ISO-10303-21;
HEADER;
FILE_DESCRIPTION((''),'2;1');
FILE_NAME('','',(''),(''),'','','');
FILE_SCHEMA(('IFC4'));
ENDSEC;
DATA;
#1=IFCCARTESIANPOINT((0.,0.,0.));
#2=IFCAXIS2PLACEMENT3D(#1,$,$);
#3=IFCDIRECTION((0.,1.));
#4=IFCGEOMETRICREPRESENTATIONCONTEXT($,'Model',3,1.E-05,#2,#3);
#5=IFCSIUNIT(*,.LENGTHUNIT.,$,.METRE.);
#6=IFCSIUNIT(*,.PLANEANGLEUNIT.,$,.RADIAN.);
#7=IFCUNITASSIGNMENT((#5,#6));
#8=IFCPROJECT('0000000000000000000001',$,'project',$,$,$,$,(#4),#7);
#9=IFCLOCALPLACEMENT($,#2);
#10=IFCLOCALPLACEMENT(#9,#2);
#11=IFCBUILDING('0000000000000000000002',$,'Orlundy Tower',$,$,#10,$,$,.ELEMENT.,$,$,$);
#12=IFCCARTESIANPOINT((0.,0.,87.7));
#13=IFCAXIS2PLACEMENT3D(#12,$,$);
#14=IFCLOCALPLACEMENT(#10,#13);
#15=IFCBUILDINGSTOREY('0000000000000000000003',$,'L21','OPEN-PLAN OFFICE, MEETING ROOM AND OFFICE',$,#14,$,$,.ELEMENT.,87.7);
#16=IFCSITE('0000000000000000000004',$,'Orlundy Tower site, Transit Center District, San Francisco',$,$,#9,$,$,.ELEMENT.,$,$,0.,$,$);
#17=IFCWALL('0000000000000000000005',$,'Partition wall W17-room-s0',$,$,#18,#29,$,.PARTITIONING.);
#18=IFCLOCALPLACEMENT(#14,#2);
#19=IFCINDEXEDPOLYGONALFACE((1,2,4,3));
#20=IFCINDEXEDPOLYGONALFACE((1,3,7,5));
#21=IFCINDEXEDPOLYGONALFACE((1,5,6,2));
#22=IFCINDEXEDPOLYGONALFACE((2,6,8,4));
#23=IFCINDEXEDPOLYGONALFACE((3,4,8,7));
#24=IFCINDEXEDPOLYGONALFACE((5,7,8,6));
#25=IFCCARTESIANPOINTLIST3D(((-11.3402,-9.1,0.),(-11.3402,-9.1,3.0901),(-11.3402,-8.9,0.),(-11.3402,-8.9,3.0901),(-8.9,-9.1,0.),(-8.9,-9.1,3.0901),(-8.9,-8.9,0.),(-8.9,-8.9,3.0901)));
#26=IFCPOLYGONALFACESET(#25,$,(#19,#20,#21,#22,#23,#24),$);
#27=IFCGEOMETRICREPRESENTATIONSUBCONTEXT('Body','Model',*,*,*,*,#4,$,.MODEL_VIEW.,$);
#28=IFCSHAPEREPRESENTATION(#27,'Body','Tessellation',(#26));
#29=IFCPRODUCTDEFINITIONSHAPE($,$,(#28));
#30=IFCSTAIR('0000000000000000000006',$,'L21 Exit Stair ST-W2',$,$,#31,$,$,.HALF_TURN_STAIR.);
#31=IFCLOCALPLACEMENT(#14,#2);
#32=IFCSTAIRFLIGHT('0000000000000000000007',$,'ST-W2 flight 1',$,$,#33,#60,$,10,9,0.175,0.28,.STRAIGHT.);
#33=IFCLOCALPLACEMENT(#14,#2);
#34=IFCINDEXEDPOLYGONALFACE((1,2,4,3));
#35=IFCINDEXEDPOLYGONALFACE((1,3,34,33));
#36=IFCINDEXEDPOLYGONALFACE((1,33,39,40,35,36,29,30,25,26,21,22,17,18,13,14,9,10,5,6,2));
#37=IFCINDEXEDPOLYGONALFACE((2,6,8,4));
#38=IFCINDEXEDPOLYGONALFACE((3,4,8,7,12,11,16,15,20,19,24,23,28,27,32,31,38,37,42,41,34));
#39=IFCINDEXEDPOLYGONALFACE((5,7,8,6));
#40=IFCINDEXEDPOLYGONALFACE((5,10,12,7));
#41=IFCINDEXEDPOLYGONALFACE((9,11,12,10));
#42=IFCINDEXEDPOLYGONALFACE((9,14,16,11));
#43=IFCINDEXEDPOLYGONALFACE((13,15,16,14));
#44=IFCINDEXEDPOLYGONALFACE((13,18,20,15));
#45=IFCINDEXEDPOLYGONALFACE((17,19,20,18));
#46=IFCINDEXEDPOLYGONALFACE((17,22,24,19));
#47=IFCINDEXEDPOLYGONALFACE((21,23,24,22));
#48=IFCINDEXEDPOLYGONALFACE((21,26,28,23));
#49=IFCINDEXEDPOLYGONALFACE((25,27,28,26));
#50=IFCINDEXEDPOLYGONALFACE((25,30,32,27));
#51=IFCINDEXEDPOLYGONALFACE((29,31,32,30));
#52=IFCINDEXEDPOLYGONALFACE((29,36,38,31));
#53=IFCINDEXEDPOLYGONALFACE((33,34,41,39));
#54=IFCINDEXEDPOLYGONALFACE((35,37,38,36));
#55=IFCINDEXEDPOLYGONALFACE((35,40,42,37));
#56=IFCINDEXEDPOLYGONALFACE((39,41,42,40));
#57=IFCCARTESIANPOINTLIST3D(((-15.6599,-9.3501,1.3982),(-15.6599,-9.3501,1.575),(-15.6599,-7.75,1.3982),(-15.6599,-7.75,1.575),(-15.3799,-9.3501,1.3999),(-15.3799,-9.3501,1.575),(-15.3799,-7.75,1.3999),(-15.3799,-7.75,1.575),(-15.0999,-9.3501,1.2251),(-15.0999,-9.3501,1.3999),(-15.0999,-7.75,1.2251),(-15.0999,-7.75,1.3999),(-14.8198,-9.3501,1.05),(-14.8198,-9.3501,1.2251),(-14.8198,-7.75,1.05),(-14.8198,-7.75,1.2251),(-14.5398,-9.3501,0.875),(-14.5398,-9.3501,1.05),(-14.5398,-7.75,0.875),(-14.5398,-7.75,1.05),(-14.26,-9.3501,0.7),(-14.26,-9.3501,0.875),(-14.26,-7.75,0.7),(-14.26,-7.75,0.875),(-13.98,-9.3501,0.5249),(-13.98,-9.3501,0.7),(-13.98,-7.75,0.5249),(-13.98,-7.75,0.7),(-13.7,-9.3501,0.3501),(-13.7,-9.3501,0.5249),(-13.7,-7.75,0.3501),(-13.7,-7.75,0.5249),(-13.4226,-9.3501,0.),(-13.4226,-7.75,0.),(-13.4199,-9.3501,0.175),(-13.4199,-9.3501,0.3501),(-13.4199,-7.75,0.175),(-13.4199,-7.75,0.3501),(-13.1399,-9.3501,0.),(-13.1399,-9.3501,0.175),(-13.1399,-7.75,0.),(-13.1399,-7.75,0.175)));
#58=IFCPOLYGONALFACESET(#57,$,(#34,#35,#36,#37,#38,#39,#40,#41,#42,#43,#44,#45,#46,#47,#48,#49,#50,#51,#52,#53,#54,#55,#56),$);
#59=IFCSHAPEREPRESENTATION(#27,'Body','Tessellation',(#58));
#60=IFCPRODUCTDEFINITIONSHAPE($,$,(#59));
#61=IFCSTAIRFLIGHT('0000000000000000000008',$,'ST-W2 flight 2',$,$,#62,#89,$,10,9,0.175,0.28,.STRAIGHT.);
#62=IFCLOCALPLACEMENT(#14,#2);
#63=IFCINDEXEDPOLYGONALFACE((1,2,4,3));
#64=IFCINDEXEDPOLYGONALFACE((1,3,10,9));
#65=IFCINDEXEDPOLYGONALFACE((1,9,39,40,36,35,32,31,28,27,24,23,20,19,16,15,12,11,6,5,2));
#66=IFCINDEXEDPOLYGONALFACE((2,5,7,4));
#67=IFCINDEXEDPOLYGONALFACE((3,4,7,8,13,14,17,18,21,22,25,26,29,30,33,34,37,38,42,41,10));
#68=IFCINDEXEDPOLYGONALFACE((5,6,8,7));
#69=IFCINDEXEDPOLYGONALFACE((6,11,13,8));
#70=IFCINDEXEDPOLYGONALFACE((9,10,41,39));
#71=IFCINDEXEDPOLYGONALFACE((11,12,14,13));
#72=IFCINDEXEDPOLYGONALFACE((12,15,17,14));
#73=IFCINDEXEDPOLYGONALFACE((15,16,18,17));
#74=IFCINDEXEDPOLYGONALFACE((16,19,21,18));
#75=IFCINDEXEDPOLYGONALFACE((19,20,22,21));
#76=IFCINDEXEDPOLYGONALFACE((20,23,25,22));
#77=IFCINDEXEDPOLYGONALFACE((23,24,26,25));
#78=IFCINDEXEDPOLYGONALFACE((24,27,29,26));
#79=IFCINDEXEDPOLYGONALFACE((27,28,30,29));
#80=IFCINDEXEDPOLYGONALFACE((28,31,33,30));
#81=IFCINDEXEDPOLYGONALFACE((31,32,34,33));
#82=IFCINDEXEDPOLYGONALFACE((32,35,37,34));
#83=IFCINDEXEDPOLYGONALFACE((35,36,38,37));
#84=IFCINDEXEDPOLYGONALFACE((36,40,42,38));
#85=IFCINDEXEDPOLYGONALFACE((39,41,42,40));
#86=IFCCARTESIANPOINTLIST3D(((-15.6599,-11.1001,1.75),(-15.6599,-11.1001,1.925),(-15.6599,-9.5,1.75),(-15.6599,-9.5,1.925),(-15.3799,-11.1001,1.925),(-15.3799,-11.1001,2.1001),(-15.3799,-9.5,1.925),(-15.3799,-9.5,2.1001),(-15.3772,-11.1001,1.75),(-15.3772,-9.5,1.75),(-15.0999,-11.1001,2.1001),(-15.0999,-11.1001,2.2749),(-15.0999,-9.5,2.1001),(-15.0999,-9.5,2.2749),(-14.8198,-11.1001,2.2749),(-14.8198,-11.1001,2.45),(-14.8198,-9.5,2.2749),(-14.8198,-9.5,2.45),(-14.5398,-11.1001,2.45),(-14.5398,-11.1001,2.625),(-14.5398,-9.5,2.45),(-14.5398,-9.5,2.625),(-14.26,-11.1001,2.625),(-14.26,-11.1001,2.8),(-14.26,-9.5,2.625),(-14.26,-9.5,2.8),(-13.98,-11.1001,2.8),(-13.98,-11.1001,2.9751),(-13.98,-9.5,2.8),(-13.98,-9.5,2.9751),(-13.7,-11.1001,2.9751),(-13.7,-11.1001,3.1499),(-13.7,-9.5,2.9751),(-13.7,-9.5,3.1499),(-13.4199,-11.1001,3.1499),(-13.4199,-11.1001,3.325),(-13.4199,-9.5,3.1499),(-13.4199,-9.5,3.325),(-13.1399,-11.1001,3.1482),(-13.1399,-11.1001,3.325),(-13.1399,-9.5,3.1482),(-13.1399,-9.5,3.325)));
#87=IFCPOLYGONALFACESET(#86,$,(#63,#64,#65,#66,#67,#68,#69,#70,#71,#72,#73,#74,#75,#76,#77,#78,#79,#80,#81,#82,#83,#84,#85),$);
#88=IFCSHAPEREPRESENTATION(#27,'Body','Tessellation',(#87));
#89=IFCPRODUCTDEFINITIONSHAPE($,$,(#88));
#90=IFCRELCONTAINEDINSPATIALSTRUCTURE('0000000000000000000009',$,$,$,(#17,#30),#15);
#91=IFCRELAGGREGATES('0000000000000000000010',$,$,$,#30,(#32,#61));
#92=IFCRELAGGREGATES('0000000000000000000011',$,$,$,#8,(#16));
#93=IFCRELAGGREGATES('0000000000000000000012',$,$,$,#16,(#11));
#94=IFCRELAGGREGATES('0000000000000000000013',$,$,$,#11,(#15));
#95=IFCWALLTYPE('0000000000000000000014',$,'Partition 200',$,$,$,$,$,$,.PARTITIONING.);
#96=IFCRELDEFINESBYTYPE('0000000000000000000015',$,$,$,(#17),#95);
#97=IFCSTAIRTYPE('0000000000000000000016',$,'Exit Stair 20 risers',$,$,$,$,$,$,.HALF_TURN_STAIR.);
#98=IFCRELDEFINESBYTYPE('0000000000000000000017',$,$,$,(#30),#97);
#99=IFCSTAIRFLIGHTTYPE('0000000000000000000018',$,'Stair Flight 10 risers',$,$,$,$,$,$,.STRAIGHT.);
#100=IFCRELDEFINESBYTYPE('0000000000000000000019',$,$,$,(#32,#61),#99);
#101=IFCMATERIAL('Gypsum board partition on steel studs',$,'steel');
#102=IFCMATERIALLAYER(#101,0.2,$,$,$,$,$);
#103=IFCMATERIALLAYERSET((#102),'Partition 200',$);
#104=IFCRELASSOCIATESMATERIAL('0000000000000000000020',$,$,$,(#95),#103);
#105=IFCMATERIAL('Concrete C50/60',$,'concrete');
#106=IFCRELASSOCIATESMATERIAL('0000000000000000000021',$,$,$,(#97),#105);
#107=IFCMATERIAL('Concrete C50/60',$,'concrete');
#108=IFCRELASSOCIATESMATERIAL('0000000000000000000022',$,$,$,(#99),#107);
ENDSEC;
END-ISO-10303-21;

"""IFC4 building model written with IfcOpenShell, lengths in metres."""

from ifc_helpers import new_model, si_unit, direction, frame, frame_2d, origin, place, context, subcontext, project, spatial, polyline, rectangle, outline, extrude, material, layer, layer_set, type_object, element, aggregate, save


model = new_model("IFC4")

# Units and contexts
model_context = context("Model", 3, precision=1e-05, world=origin(), true_north=direction((0.0, 1.0)))
body_context = subcontext(model_context, "Body", "Model", "MODEL_VIEW")
ifc_project = project(units=[si_unit("LENGTHUNIT", "METRE"), si_unit("PLANEANGLEUNIT", "RADIAN")], contexts=[model_context])

# Site, building, storey
site_placement = place(None, origin())
site = spatial("IfcSite", under=ifc_project, at=site_placement, Name="Orlundy Tower site, Transit Center District, San Francisco", CompositionType="ELEMENT", RefElevation=0.0)
building_placement = place(site_placement, origin())
building = spatial("IfcBuilding", under=site, at=building_placement, Name="Orlundy Tower", CompositionType="ELEMENT")
storey_placement = place(building_placement, frame((0.0, 0.0, 87.7)))
storey = spatial("IfcBuildingStorey", under=building, at=storey_placement, Name="L21", Description="OPEN-PLAN OFFICE, MEETING ROOM AND OFFICE", CompositionType="ELEMENT", Elevation=87.7)

# Wall
ifc_material_1 = material(Name="Gypsum board partition on steel studs", Category="steel")
ifc_layer_1 = layer(ifc_material_1, 0.2)
ifc_layer_set_1 = layer_set([ifc_layer_1], Name="Partition 200")
wall_type_1 = type_object("IfcWallType", Name="Partition 200", PredefinedType="PARTITIONING", material=ifc_layer_set_1)
wall_1_placement = place(storey_placement, frame((-8.8999, -9.0, 0.0), z_axis=(0.0, 0.0, 1.0), x_axis=(-1.0, 0.0, 0.0)))
element("IfcWall", 1, at=wall_1_placement, inside=storey, type_object=wall_type_1, Name="Partition wall W17-room-s0", PredefinedType="PARTITIONING", context=body_context, shape_type="SweptSolid", body=[
    extrude(rectangle(XDim=2.4402, YDim=0.2, at=frame_2d((1.2202, 0.0))), origin(), (0.0, 0.0, 1.0), 3.0901),
])

# Stair, stair flights
ifc_material_2 = material(Name="Concrete C50/60", Category="concrete")
stair_type = type_object("IfcStairType", Name="Exit Stair 20 risers", PredefinedType="HALF_TURN_STAIR", material=ifc_material_2)
stair_placement = place(storey_placement, origin())
stair = element("IfcStair", 2, at=stair_placement, inside=storey, type_object=stair_type, Name="L21 Exit Stair ST-W2", PredefinedType="HALF_TURN_STAIR")
ifc_material_3 = material(Name="Concrete C50/60", Category="concrete")
stair_flight_type = type_object("IfcStairFlightType", Name="Stair Flight 10 risers", PredefinedType="STRAIGHT", material=ifc_material_3)
stair_flight_1_placement = place(storey_placement, frame((-13.1399, -8.55, 0.0), z_axis=(0.0, 0.0, 1.0), x_axis=(-1.0, 0.0, 0.0)))
stair_flight_1 = element("IfcStairFlight", 3, at=stair_flight_1_placement, type_object=stair_flight_type, Name="ST-W2 flight 1", NumberOfRisers=10, NumberOfTreads=9, PredefinedType="STRAIGHT", RiserHeight=0.175, TreadLength=0.28, context=body_context, shape_type="SweptSolid", body=[
    extrude(outline(polyline([(0.0, 0.0), (0.0, 0.175), (0.28, 0.175), (0.28, 0.3501), (0.5601, 0.3501), (0.5601, 0.5249), (0.8401, 0.5249), (0.8401, 0.7), (1.1201, 0.7), (1.1201, 0.875), (1.3999, 0.875), (1.3999, 1.05), (1.6799, 1.05), (1.6799, 1.2251), (1.96, 1.2251), (1.96, 1.3999), (2.24, 1.3999), (2.24, 1.575), (2.52, 1.575), (2.52, 1.75), (2.52, 1.3982), (0.2827, 0.0), (0.0, 0.0)])), frame((0.0, 0.8, 0.0), z_axis=(0.0, -1.0, 0.0), x_axis=(1.0, 0.0, 0.0)), (0.0, 0.0, 1.0), 1.6001),
])
stair_flight_2_placement = place(storey_placement, frame((-15.6599, -10.3, 1.75), z_axis=(0.0, 0.0, 1.0), x_axis=(1.0, 0.0, 0.0)))
stair_flight_2 = element("IfcStairFlight", 4, at=stair_flight_2_placement, type_object=stair_flight_type, Name="ST-W2 flight 2", NumberOfRisers=10, NumberOfTreads=9, PredefinedType="STRAIGHT", RiserHeight=0.175, TreadLength=0.28, context=body_context, shape_type="SweptSolid", body=[
    extrude(outline(polyline([(0.0, 0.0), (0.0, 0.175), (0.28, 0.175), (0.28, 0.3501), (0.5601, 0.3501), (0.5601, 0.5249), (0.8401, 0.5249), (0.8401, 0.7), (1.1201, 0.7), (1.1201, 0.875), (1.3999, 0.875), (1.3999, 1.05), (1.6799, 1.05), (1.6799, 1.2251), (1.96, 1.2251), (1.96, 1.3999), (2.24, 1.3999), (2.24, 1.575), (2.52, 1.575), (2.52, 1.75), (2.52, 1.3982), (0.2827, 0.0), (0.0, 0.0)])), frame((0.0, 0.8, 0.0), z_axis=(0.0, -1.0, 0.0), x_axis=(1.0, 0.0, 0.0)), (0.0, 0.0, 1.0), 1.6001),
])
aggregate(stair, [stair_flight_1, stair_flight_2])

save(model, "model.ifc")
